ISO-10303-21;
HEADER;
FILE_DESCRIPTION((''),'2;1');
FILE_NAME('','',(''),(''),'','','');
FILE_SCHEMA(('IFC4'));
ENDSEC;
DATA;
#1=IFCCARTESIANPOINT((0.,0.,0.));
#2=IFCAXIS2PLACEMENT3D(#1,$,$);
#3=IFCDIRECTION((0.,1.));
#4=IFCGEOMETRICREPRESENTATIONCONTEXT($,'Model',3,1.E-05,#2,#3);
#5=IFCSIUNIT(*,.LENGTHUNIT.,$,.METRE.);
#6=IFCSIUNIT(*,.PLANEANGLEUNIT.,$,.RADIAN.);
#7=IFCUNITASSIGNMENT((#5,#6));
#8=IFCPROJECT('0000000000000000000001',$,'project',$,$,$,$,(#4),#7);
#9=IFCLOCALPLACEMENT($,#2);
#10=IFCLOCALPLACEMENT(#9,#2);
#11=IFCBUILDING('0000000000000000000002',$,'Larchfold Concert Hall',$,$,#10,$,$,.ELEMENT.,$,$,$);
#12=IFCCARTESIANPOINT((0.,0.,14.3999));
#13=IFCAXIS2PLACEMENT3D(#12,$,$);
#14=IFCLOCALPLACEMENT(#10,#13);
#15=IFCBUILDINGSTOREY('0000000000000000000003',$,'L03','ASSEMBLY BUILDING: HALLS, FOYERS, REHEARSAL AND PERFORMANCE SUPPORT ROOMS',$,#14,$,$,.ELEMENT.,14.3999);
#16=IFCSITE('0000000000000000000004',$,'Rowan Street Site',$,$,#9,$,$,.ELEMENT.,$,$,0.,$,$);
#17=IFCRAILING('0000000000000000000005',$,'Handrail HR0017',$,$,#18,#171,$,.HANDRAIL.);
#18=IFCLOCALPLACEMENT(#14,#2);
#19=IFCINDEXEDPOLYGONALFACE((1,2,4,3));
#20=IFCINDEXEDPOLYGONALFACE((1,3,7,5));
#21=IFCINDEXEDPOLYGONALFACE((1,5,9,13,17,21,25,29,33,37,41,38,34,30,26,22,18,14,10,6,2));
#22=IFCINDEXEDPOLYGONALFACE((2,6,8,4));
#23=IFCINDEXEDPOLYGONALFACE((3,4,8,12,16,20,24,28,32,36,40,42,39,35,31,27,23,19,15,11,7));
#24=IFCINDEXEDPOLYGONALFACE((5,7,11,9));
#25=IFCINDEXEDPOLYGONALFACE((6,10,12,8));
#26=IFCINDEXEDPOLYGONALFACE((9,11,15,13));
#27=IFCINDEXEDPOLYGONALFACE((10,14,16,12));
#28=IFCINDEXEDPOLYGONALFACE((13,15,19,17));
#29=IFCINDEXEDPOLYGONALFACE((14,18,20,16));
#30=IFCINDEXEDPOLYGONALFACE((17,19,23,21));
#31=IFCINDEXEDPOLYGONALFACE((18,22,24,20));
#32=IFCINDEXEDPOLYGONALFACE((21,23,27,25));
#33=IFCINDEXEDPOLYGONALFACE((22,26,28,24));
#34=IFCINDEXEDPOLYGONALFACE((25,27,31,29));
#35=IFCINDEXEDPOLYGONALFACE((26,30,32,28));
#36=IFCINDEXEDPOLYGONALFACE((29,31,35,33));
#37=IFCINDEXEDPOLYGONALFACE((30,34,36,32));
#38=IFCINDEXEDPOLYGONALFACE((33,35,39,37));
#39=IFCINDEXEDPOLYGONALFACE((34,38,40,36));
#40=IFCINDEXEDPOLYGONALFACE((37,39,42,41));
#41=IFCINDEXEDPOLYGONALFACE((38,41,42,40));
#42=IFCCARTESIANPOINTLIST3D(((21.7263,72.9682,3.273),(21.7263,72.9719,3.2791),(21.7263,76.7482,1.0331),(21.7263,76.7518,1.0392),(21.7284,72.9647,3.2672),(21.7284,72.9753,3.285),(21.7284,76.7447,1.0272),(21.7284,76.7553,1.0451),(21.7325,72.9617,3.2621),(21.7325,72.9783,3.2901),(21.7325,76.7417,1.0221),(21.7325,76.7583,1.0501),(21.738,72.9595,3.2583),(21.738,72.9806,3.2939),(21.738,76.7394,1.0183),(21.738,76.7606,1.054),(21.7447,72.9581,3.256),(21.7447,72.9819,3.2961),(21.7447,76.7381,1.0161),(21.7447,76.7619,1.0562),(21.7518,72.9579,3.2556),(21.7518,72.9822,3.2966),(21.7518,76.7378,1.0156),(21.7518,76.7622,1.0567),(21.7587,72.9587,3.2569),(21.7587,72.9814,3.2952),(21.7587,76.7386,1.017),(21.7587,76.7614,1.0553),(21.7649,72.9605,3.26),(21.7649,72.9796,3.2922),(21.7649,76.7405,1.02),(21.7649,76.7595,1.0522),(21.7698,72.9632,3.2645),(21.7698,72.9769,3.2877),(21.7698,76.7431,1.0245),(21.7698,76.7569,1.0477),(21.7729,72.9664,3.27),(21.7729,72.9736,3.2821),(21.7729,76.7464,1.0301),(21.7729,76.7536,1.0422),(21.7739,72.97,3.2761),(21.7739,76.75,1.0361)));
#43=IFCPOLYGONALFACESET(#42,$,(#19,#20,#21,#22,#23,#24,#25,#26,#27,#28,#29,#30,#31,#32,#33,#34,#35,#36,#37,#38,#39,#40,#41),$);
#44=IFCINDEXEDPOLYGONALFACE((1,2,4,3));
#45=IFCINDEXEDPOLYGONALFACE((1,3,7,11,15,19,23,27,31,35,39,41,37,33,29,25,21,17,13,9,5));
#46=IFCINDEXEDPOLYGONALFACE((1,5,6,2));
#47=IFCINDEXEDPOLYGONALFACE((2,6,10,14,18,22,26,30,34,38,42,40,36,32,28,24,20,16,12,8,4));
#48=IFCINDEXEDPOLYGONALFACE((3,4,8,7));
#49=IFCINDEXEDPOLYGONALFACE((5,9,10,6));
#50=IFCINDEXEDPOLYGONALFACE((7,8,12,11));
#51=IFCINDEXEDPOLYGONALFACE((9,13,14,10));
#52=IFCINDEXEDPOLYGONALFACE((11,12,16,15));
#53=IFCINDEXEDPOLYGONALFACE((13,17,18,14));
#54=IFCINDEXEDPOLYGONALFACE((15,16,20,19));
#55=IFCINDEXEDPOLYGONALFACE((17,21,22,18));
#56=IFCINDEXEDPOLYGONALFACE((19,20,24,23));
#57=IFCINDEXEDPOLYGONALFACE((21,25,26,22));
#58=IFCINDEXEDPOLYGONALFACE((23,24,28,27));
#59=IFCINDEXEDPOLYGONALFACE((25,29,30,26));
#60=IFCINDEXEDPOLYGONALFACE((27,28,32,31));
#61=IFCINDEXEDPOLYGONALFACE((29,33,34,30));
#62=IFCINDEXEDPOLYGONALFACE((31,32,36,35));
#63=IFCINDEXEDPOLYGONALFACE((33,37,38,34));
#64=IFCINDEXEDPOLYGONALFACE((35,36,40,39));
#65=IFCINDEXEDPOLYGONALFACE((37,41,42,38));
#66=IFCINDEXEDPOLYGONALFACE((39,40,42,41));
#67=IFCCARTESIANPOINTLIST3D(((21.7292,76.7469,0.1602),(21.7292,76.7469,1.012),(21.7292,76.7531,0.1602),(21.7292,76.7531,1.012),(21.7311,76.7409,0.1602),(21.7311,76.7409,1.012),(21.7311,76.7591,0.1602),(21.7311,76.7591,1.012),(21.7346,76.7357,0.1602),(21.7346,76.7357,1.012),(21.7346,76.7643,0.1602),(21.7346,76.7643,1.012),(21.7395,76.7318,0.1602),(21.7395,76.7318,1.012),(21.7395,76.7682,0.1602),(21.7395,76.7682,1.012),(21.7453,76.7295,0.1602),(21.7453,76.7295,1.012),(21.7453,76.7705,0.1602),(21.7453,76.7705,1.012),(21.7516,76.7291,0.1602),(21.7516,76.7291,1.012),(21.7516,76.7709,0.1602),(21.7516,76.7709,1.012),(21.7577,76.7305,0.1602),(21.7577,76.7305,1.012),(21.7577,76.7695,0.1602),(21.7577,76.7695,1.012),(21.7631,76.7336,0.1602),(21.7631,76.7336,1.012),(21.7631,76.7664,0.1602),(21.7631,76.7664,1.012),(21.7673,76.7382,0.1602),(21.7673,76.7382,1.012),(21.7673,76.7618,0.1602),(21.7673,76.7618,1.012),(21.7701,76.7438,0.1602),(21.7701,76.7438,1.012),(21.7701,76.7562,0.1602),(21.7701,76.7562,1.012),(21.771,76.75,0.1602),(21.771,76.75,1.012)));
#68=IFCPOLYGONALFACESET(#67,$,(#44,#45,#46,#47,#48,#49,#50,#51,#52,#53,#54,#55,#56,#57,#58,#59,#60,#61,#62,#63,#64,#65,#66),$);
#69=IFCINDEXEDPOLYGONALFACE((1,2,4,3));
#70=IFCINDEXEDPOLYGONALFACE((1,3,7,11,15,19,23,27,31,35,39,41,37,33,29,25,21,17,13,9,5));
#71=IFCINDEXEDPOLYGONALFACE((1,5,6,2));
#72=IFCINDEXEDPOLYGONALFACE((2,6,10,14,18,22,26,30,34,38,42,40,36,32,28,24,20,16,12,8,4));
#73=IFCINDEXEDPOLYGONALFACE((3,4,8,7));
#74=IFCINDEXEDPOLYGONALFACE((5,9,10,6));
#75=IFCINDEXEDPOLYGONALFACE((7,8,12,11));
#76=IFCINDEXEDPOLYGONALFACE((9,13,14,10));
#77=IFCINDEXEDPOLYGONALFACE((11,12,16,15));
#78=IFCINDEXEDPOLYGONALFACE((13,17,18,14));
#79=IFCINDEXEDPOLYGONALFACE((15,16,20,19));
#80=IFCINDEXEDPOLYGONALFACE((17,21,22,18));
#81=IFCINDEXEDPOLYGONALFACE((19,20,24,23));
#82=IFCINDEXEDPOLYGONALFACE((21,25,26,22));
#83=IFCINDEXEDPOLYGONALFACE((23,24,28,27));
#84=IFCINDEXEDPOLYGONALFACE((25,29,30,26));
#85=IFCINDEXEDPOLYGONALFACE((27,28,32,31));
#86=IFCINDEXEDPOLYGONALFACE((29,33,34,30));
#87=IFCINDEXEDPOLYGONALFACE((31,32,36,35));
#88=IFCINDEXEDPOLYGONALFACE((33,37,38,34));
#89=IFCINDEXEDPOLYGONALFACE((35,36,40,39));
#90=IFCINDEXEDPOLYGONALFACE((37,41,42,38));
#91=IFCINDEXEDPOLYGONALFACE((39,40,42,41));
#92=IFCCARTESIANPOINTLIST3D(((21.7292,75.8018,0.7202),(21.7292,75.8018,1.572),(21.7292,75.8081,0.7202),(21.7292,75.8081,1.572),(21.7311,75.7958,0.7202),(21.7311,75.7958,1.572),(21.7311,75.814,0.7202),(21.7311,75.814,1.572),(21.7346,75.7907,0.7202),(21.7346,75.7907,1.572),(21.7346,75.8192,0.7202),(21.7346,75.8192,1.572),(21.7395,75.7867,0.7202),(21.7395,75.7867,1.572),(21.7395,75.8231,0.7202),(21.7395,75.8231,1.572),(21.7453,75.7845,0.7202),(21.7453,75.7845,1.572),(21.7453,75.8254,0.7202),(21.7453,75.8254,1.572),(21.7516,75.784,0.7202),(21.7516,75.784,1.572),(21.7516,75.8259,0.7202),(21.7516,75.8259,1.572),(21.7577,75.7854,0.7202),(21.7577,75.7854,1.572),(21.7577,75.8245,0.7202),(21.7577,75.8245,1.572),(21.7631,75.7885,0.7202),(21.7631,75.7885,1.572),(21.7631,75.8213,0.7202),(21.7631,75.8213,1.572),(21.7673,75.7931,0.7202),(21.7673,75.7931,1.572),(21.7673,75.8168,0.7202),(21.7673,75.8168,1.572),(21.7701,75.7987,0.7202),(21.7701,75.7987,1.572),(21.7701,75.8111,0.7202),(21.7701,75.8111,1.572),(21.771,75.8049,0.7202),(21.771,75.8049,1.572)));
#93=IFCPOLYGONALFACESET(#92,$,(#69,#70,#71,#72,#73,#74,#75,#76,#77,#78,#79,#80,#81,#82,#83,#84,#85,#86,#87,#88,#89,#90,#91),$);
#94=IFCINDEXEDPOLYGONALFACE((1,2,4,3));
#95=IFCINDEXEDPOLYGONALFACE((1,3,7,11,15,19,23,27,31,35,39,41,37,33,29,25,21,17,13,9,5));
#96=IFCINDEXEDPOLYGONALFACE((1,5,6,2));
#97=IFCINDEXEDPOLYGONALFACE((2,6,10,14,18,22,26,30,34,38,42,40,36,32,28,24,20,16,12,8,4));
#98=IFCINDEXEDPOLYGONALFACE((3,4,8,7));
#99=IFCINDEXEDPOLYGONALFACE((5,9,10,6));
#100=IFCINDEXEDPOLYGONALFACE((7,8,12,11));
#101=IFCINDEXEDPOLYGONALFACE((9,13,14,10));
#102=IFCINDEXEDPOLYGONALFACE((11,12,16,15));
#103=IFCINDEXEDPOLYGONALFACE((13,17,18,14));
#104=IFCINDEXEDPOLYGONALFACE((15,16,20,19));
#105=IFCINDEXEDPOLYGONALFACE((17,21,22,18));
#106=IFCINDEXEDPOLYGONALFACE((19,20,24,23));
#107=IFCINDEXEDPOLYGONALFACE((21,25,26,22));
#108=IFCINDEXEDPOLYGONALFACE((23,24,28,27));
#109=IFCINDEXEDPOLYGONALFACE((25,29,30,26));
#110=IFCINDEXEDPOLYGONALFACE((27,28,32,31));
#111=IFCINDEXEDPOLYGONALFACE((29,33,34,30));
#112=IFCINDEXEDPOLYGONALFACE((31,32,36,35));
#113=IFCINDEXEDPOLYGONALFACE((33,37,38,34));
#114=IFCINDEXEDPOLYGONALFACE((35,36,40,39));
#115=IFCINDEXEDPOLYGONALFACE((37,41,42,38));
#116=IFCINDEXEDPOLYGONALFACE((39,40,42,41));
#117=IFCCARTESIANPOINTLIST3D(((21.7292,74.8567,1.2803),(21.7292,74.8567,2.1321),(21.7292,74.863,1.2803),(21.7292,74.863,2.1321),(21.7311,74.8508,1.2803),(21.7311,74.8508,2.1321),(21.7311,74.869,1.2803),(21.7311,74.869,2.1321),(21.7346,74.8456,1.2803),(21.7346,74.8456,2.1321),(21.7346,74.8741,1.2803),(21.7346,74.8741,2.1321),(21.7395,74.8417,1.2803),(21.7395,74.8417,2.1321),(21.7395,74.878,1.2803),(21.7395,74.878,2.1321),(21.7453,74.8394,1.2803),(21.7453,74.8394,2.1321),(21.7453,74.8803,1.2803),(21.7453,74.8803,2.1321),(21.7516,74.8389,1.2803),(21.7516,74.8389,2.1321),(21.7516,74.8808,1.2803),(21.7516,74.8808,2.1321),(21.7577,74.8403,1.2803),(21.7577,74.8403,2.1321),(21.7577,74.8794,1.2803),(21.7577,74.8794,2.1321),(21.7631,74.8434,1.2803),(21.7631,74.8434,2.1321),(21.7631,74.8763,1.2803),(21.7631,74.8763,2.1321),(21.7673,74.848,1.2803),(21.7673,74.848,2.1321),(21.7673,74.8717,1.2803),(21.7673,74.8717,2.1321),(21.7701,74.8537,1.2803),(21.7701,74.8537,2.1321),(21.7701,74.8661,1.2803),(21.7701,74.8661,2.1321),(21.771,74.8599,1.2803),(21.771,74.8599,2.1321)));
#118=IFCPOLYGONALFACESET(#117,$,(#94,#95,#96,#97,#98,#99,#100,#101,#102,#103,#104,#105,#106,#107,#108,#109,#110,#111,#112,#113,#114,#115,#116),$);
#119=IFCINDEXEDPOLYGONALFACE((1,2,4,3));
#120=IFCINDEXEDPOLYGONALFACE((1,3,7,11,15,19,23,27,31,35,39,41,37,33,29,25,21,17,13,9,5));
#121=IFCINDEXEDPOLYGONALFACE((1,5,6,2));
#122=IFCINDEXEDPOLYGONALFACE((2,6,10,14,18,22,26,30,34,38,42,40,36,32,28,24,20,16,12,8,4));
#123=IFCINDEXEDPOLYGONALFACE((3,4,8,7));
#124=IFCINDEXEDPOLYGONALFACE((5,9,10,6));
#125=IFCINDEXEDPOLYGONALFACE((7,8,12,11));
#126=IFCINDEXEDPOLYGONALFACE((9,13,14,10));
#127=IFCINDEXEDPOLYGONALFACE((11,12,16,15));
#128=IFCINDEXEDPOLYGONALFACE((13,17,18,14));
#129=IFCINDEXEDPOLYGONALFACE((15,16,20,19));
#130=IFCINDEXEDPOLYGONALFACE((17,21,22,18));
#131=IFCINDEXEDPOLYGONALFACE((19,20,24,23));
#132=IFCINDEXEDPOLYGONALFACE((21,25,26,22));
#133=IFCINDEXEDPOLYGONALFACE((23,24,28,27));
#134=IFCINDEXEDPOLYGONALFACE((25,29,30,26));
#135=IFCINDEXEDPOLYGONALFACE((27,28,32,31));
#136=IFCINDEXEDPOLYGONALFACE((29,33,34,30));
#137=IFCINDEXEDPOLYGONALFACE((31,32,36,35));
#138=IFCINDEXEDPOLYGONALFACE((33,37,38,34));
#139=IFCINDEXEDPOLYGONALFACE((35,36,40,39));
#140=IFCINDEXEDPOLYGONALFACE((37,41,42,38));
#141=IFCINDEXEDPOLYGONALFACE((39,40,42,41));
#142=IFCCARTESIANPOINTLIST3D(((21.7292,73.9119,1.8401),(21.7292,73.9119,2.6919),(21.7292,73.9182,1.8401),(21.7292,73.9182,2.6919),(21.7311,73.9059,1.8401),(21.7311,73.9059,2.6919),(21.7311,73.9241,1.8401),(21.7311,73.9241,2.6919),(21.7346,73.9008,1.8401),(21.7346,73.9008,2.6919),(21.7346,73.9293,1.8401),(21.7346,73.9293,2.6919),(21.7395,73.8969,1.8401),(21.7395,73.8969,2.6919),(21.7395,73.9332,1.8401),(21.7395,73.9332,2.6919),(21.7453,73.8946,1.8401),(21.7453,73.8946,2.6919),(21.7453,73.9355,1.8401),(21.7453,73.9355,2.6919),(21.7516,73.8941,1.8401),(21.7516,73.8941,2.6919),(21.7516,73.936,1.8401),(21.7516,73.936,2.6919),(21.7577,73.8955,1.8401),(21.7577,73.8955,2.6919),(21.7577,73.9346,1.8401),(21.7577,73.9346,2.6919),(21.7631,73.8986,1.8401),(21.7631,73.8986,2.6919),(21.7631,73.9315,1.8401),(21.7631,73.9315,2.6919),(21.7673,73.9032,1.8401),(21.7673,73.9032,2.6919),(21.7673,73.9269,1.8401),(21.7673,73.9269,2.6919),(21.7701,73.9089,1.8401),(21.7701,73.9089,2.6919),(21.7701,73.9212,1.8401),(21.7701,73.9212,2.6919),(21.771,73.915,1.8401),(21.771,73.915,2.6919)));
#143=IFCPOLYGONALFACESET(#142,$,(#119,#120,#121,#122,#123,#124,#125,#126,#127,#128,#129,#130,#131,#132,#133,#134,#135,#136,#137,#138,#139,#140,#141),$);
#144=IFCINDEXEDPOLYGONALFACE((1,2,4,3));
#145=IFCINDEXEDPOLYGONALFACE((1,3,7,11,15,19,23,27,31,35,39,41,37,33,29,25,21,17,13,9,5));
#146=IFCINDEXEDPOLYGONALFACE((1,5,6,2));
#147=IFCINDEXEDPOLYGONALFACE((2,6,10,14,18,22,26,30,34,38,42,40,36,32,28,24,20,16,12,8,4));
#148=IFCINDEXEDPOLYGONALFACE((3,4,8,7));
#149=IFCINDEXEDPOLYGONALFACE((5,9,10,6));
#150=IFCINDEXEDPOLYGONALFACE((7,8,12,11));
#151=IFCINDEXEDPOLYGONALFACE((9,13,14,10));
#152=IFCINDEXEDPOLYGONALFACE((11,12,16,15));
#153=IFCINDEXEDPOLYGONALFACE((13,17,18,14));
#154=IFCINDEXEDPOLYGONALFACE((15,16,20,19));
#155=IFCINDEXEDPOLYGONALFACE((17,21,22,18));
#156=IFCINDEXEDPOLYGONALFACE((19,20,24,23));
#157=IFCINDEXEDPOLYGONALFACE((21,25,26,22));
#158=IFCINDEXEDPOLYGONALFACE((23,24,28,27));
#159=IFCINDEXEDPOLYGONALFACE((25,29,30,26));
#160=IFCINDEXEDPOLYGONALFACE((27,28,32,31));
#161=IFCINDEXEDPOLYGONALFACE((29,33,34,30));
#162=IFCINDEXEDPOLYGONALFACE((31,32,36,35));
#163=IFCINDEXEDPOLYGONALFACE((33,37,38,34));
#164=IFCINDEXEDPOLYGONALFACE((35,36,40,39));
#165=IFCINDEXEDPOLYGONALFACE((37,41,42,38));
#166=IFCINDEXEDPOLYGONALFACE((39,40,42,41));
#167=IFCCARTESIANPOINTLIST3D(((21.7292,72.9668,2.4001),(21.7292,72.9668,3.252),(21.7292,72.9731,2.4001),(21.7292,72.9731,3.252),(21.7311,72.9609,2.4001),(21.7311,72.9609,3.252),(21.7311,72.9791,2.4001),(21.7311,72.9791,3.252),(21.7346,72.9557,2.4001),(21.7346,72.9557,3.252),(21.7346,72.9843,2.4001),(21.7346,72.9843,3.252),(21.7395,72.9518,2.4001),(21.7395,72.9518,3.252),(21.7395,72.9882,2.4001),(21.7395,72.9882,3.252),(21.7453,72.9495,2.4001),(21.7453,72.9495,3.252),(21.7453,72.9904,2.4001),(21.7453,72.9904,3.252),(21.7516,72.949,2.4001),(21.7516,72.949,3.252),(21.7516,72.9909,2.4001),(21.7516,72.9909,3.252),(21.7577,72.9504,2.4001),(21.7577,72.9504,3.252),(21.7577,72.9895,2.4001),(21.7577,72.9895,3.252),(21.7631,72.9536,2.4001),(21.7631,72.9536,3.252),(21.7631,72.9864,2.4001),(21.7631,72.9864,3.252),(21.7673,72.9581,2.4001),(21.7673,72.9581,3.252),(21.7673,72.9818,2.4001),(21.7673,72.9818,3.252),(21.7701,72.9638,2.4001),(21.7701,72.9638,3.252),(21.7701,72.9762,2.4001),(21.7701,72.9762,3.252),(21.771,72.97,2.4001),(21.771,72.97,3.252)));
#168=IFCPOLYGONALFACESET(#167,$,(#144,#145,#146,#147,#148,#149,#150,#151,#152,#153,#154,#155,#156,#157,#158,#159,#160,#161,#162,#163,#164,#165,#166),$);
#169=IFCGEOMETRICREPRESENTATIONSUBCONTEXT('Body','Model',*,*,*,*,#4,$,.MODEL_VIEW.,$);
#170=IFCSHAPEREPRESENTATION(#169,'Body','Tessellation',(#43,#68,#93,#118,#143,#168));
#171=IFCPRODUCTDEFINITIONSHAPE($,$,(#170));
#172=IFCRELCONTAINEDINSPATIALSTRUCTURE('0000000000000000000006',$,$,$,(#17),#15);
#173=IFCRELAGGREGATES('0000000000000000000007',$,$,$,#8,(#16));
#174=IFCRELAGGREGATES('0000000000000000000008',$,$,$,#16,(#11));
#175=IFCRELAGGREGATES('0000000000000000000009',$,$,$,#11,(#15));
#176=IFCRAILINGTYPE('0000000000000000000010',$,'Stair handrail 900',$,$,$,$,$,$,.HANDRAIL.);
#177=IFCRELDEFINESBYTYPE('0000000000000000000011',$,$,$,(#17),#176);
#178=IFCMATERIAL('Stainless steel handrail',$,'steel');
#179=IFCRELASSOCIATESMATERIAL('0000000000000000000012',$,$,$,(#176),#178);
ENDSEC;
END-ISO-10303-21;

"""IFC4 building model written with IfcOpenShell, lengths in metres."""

from ifc_helpers import new_model, si_unit, direction, frame, origin, origin_2d, place, context, subcontext, project, spatial, circle, extrude, material, type_object, element, save


model = new_model("IFC4")

# Units and contexts
model_context = context("Model", 3, precision=1e-05, world=origin(), true_north=direction((0.0, 1.0)))
body_context = subcontext(model_context, "Body", "Model", "MODEL_VIEW")
ifc_project = project(units=[si_unit("LENGTHUNIT", "METRE"), si_unit("PLANEANGLEUNIT", "RADIAN")], contexts=[model_context])

# Site, building, storey
site_placement = place(None, origin())
site = spatial("IfcSite", under=ifc_project, at=site_placement, Name="Rowan Street Site", CompositionType="ELEMENT", RefElevation=0.0)
building_placement = place(site_placement, origin())
building = spatial("IfcBuilding", under=site, at=building_placement, Name="Larchfold Concert Hall", CompositionType="ELEMENT")
storey_placement = place(building_placement, frame((0.0, 0.0, 14.3999)))
storey = spatial("IfcBuildingStorey", under=building, at=storey_placement, Name="L03", Description="ASSEMBLY BUILDING: HALLS, FOYERS, REHEARSAL AND PERFORMANCE SUPPORT ROOMS", CompositionType="ELEMENT", Elevation=14.3999)

# Railing
ifc_material_1 = material(Name="Stainless steel handrail", Category="steel")
railing_type_1 = type_object("IfcRailingType", Name="Stair handrail 900", PredefinedType="HANDRAIL", material=ifc_material_1)
railing_1_placement = place(storey_placement, frame((21.75, 76.75, 0.1602)))
element("IfcRailing", 1, at=railing_1_placement, inside=storey, type_object=railing_type_1, Name="Handrail HR0017", PredefinedType="HANDRAIL", context=body_context, shape_type="SweptSolid", body=[
    extrude(circle(Radius=0.0239, at=origin_2d()), frame((0.0, 0.0, 0.876), z_axis=(0.0, -0.860294, 0.509798), x_axis=(1.0, 0.0, 0.0)), (0.0, 0.0, 1.0), 4.3938),
    extrude(circle(Radius=0.021, at=origin_2d()), origin(), (0.0, 0.0, 1.0), 0.8518),
    extrude(circle(Radius=0.021, at=origin_2d()), frame((0.0, -0.9451, 0.5601)), (0.0, 0.0, 1.0), 0.8518),
    extrude(circle(Radius=0.021, at=origin_2d()), frame((0.0, -1.8901, 1.1201)), (0.0, 0.0, 1.0), 0.8518),
    extrude(circle(Radius=0.021, at=origin_2d()), frame((0.0, -2.835, 1.6799)), (0.0, 0.0, 1.0), 0.8518),
    extrude(circle(Radius=0.021, at=origin_2d()), frame((0.0, -3.78, 2.24)), (0.0, 0.0, 1.0), 0.8518),
])

save(model, "model.ifc")
